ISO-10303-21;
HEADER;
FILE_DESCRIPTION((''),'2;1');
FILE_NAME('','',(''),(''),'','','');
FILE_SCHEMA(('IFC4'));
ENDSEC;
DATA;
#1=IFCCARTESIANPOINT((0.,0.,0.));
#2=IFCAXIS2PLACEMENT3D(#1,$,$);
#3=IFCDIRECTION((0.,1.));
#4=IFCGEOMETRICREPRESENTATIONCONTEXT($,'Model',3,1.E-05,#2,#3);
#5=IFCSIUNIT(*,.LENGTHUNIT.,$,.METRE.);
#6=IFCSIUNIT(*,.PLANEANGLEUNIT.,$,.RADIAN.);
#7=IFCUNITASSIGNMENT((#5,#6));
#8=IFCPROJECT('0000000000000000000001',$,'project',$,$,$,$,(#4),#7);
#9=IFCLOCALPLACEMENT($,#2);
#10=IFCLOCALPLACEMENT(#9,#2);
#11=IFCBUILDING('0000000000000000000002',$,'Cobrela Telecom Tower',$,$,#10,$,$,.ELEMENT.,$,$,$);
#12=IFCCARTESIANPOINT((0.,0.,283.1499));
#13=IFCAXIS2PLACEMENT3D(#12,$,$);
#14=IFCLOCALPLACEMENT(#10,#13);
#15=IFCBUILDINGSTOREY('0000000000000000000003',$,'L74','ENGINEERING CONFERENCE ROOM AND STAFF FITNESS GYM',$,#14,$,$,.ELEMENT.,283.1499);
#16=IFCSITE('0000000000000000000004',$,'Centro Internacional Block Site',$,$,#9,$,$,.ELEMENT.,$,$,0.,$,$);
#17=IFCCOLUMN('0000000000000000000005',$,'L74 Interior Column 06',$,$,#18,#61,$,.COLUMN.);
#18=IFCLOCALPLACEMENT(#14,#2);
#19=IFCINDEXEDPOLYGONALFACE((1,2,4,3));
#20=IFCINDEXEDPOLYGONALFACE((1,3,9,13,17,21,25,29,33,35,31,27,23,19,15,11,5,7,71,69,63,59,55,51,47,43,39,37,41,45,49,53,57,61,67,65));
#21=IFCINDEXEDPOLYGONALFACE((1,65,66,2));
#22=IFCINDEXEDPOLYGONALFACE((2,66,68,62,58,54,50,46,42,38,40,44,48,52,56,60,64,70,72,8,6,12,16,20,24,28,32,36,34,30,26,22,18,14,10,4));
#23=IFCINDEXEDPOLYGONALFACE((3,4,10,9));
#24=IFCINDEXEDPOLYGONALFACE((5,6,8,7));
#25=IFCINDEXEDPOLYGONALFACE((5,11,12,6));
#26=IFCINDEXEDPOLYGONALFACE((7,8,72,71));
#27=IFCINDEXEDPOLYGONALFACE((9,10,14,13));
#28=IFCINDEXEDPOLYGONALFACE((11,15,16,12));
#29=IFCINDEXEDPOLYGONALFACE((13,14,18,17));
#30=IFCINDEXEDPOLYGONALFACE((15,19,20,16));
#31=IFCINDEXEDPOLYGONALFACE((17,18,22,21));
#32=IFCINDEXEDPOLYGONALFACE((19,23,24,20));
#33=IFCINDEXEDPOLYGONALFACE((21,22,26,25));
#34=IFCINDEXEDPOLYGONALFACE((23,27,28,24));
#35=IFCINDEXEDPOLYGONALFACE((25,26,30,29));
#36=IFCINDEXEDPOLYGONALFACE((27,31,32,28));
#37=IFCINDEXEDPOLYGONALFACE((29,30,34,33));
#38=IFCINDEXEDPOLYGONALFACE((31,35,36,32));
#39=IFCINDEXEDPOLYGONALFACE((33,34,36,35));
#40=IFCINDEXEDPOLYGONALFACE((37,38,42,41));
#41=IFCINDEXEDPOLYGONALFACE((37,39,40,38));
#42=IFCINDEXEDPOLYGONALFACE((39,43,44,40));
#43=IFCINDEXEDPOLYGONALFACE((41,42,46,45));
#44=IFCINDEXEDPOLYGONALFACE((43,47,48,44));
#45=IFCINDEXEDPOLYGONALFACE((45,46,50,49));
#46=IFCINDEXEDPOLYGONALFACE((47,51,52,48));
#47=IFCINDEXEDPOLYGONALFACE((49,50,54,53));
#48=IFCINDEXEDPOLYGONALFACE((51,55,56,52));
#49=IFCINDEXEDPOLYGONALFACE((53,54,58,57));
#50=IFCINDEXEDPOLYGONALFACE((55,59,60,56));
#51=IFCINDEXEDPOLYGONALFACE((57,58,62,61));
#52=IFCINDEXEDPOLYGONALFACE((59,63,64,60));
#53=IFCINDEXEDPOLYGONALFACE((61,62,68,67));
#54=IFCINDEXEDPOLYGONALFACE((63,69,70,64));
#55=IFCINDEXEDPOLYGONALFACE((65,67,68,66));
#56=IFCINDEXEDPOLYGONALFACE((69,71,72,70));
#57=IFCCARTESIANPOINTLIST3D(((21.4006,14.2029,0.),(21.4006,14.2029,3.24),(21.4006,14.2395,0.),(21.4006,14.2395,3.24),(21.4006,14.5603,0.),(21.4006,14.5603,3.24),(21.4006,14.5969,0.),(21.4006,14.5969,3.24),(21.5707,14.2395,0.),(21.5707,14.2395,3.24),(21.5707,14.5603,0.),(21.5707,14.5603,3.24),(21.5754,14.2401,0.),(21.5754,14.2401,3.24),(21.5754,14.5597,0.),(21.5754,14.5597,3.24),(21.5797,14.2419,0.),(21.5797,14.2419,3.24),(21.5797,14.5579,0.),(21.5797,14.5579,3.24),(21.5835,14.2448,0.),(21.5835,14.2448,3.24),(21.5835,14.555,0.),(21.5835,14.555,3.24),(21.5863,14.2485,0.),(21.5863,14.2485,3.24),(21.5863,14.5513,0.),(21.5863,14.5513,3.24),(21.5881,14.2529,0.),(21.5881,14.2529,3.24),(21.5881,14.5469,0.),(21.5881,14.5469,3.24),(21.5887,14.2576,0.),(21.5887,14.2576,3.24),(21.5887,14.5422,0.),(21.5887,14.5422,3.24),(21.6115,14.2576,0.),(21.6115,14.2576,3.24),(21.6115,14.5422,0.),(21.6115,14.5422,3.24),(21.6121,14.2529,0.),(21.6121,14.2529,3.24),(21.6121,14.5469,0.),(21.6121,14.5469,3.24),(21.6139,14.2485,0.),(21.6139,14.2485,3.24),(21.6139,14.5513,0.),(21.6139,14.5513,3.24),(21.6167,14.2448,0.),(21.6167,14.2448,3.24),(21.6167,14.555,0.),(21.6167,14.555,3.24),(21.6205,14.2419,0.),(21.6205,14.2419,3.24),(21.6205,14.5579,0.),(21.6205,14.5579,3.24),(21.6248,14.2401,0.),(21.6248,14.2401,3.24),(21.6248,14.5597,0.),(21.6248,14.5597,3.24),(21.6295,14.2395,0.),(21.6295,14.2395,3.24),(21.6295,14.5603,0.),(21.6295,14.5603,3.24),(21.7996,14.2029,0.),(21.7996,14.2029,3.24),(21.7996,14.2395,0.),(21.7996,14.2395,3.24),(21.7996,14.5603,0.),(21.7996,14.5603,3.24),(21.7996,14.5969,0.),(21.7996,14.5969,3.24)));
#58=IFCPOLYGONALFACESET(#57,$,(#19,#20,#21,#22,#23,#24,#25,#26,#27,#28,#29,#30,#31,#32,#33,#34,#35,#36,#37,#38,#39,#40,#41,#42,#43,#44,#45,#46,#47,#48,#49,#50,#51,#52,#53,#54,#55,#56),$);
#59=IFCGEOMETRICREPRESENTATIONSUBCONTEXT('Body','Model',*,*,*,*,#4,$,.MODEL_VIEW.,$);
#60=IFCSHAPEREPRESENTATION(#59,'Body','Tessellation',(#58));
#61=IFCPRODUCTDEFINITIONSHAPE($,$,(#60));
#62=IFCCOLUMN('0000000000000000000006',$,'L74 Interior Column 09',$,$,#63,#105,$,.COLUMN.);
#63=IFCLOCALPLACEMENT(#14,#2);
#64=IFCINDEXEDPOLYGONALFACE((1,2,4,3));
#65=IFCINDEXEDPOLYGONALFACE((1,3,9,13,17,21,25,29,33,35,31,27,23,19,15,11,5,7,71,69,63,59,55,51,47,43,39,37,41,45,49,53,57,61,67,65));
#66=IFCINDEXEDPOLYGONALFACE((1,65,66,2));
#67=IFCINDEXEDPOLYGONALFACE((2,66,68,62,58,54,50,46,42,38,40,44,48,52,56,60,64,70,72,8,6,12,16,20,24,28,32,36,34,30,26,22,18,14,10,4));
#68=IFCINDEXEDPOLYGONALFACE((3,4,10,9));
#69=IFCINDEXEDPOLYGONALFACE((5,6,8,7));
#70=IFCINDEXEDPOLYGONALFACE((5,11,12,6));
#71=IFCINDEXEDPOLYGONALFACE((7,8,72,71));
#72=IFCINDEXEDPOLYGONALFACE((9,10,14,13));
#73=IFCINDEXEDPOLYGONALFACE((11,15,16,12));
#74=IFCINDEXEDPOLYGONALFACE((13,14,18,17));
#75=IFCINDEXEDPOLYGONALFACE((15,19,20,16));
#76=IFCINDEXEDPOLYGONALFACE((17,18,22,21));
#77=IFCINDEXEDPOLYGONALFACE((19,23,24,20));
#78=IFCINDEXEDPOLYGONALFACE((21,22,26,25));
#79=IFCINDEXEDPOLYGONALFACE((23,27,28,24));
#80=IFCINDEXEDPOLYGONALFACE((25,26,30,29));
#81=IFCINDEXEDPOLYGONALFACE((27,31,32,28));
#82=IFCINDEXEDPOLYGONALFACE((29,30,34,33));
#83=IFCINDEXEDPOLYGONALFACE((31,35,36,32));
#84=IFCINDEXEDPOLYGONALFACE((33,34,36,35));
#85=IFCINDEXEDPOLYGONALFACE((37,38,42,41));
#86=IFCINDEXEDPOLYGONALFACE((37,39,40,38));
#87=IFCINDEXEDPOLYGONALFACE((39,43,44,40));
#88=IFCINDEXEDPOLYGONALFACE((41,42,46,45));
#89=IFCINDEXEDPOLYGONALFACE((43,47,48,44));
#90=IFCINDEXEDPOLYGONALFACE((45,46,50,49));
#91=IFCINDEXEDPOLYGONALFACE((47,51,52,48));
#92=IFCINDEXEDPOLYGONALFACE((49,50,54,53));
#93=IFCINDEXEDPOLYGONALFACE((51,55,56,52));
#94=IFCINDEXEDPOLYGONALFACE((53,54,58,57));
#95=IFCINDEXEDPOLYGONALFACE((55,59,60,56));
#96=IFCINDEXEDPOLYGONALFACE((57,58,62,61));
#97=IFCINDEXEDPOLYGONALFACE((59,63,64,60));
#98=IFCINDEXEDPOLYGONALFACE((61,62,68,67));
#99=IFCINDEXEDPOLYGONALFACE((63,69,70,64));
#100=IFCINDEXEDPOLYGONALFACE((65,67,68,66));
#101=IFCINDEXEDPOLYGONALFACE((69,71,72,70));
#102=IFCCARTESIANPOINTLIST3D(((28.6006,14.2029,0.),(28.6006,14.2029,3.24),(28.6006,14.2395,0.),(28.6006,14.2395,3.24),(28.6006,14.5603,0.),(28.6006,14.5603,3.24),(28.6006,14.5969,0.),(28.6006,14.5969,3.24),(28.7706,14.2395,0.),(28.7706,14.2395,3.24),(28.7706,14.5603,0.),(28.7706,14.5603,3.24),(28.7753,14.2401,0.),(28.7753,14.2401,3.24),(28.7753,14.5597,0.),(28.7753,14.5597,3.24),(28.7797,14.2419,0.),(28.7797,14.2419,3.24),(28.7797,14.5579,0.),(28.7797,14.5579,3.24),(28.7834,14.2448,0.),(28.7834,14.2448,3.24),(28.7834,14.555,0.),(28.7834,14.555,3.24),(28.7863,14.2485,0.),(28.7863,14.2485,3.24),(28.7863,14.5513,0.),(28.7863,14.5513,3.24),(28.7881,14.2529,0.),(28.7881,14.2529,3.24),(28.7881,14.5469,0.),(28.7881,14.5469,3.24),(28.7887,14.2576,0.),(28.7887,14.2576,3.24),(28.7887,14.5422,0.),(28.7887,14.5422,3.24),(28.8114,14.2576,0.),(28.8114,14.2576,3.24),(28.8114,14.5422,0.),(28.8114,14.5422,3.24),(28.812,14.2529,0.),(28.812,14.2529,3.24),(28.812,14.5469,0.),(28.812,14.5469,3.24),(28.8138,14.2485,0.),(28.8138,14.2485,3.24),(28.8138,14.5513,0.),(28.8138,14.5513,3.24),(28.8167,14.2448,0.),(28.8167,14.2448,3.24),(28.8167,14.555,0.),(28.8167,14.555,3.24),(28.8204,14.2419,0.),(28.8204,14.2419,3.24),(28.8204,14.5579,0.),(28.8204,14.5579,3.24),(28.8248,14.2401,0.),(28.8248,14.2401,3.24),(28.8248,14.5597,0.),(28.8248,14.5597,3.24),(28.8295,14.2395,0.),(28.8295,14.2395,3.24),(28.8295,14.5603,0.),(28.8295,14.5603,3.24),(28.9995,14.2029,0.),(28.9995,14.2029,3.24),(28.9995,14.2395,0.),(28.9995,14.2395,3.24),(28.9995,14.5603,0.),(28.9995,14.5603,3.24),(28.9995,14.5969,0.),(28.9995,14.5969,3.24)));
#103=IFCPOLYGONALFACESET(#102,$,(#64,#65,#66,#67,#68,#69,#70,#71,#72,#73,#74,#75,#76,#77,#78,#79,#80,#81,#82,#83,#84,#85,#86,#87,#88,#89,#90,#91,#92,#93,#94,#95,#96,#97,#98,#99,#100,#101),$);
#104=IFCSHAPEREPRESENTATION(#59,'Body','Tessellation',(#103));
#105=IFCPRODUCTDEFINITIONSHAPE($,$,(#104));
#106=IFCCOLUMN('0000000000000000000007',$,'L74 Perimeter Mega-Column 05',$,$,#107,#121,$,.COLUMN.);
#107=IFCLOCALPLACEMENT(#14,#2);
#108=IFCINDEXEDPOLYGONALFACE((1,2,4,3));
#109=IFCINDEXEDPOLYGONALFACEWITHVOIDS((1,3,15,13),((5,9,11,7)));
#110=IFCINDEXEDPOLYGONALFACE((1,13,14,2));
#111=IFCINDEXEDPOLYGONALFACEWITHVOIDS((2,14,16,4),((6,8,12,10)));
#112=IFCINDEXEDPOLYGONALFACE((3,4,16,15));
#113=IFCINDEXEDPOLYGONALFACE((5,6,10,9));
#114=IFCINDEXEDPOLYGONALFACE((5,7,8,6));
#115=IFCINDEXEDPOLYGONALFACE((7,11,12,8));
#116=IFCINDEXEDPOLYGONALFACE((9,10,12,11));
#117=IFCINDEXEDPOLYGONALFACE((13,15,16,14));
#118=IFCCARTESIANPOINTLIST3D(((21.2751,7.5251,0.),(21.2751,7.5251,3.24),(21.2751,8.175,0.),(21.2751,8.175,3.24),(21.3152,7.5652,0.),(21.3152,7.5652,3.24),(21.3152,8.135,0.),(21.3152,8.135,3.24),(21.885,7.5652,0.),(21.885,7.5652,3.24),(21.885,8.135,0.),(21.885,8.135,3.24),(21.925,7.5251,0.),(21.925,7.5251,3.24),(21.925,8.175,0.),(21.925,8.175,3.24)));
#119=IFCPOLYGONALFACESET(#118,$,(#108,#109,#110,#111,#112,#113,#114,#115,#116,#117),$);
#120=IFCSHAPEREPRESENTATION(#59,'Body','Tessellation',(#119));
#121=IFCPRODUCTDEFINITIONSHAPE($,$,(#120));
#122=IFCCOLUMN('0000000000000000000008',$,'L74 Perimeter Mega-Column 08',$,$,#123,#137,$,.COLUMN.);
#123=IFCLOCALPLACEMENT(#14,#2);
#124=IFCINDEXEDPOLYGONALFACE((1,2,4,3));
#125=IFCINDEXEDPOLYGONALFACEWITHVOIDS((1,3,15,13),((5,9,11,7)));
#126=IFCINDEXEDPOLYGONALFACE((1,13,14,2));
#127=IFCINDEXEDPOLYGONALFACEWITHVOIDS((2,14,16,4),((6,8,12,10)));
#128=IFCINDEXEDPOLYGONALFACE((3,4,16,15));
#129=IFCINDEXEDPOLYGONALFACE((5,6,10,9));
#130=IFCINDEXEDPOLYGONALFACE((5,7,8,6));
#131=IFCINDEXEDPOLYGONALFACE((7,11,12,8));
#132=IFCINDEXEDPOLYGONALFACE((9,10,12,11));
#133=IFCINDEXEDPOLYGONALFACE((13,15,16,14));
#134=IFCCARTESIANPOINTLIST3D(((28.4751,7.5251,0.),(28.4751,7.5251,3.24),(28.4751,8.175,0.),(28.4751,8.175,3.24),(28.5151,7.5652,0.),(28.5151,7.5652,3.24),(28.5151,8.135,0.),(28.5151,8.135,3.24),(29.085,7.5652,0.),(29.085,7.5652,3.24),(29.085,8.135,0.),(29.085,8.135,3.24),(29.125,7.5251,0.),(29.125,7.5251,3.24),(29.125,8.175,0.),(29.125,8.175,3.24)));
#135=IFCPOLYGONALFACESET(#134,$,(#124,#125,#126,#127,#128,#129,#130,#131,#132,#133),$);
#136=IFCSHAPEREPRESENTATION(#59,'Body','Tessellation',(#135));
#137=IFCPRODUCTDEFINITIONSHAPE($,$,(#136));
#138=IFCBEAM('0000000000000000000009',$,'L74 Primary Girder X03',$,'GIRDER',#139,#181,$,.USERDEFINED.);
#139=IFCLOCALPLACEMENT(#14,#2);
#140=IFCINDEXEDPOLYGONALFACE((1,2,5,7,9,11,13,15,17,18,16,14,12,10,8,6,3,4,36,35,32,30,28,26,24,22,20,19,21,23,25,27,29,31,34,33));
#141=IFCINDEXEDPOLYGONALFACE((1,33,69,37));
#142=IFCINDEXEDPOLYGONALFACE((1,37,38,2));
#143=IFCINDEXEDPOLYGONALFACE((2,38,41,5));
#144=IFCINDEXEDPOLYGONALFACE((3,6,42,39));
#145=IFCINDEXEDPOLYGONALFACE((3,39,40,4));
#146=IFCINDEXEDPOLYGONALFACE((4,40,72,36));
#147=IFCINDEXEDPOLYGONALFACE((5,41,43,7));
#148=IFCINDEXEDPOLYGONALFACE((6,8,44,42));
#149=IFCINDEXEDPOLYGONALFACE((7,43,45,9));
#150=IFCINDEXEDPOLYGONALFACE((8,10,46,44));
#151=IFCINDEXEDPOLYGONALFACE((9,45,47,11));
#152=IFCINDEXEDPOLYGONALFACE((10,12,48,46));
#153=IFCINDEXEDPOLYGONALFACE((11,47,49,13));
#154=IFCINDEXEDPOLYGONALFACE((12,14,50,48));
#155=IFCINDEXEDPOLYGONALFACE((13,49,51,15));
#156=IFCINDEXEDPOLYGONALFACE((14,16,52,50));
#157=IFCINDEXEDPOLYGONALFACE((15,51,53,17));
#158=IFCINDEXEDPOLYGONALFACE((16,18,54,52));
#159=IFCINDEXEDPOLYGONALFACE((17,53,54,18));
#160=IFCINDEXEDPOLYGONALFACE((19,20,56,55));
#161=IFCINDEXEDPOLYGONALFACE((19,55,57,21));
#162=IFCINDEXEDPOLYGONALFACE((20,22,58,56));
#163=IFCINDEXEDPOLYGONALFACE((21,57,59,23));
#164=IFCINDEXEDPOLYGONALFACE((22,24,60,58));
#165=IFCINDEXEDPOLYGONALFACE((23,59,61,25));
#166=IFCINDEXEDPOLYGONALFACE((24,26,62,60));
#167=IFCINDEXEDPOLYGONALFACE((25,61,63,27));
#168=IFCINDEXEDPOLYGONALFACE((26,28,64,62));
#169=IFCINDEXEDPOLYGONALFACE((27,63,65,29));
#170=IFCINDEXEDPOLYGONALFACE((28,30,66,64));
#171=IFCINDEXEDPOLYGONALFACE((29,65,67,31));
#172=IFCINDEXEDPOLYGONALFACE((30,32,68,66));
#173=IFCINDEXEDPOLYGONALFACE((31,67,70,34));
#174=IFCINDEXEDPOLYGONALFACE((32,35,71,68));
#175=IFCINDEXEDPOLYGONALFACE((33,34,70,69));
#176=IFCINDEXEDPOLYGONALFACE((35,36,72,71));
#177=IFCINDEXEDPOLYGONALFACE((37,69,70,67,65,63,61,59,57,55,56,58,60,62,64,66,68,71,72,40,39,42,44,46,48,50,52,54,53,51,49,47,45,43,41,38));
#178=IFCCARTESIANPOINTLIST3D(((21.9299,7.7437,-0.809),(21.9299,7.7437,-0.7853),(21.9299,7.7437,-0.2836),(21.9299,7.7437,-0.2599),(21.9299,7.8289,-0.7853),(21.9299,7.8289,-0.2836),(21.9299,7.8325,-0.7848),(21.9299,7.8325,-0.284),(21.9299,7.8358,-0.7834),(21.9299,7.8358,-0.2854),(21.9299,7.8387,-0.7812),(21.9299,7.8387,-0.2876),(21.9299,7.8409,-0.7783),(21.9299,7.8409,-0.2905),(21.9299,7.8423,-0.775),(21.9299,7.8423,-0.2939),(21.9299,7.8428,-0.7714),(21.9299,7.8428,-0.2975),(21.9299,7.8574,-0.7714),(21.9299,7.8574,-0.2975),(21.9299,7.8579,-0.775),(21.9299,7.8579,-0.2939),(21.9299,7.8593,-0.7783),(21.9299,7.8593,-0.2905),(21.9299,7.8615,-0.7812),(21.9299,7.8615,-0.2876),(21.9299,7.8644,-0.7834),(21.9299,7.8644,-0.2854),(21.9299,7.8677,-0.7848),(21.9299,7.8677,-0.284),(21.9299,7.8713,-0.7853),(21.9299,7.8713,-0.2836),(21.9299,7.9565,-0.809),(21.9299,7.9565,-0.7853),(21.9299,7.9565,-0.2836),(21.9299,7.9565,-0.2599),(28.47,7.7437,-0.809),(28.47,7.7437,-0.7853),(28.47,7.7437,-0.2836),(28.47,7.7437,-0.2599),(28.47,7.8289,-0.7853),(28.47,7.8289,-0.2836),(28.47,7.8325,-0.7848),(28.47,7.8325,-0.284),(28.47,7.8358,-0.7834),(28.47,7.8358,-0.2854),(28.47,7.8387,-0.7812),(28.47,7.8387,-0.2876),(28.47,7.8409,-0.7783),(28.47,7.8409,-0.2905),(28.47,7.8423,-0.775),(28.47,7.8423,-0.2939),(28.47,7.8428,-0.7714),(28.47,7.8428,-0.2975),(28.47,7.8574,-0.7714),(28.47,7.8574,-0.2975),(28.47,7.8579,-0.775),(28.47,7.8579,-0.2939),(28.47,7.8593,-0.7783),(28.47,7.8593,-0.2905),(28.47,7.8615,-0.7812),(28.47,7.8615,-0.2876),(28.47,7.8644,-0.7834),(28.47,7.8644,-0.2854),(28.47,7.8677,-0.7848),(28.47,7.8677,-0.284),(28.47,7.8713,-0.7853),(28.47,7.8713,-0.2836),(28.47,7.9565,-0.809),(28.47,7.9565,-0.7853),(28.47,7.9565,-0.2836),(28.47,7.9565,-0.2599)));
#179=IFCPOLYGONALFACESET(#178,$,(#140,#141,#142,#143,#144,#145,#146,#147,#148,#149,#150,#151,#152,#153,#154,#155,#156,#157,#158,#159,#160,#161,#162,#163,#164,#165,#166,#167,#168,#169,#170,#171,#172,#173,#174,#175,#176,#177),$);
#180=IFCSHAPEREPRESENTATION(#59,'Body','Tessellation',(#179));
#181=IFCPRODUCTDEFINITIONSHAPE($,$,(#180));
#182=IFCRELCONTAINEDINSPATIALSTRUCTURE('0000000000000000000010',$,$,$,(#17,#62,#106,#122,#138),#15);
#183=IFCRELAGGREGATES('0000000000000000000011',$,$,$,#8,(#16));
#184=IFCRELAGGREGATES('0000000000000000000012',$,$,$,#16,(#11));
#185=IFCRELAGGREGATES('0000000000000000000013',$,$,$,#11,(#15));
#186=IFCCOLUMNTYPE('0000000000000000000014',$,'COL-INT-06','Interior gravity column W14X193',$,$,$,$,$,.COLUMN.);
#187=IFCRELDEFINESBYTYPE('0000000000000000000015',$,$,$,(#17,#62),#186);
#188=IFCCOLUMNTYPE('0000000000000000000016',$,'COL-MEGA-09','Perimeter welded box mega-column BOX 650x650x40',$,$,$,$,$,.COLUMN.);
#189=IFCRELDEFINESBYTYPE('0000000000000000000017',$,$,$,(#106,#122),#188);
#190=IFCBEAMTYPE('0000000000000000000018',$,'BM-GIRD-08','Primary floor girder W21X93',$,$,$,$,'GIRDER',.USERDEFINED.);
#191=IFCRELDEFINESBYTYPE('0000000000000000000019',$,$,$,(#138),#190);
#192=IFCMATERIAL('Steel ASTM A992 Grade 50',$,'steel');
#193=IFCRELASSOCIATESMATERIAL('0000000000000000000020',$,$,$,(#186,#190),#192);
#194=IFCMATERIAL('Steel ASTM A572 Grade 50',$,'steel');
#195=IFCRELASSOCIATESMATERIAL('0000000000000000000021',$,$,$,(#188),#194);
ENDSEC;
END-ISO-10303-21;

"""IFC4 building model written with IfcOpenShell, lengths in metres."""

from ifc_helpers import new_model, si_unit, direction, frame, origin, origin_2d, place, context, subcontext, project, spatial, hollow_rectangle, i_section, extrude, material, material_profile, profile_set, type_object, element, save


model = new_model("IFC4")

# Units and contexts
model_context = context("Model", 3, precision=1e-05, world=origin(), true_north=direction((0.0, 1.0)))
body_context = subcontext(model_context, "Body", "Model", "MODEL_VIEW")
ifc_project = project(units=[si_unit("LENGTHUNIT", "METRE"), si_unit("PLANEANGLEUNIT", "RADIAN")], contexts=[model_context])

# Site, building, storey
site_placement = place(None, origin())
site = spatial("IfcSite", under=ifc_project, at=site_placement, Name="Centro Internacional Block Site", CompositionType="ELEMENT", RefElevation=0.0)
building_placement = place(site_placement, origin())
building = spatial("IfcBuilding", under=site, at=building_placement, Name="Cobrela Telecom Tower", CompositionType="ELEMENT")
storey_placement = place(building_placement, frame((0.0, 0.0, 283.1499)))
storey = spatial("IfcBuildingStorey", under=building, at=storey_placement, Name="L74", Description="ENGINEERING CONFERENCE ROOM AND STAFF FITNESS GYM", CompositionType="ELEMENT", Elevation=283.1499)

# Columns
ifc_material_1 = material(Name="Steel ASTM A992 Grade 50", Category="steel")
ifc_material_profile_1 = material_profile(ifc_material_1, i_section(OverallWidth=0.3989, OverallDepth=0.394, WebThickness=0.0227, FlangeThickness=0.0366, FilletRadius=0.0181, at=origin_2d()), Name="W14X193")
ifc_profile_set_1 = profile_set([ifc_material_profile_1], Name="Steel ASTM A992 Grade 50")
column_type_1 = type_object("IfcColumnType", Name="COL-INT-06", Description="Interior gravity column W14X193", PredefinedType="COLUMN", material=ifc_profile_set_1)
for number, where, z_axis, x_axis, name in (
    (1, (21.6001, 14.3999, 0.0), (0.0, 0.0, 1.0), (1.0, 0.0, 0.0), "L74 Interior Column 06"),
    (2, (28.8, 14.3999, 0.0), (0.0, 0.0, 1.0), (1.0, 0.0, 0.0), "L74 Interior Column 09"),
):
    element("IfcColumn", number, at=place(storey_placement, frame(where, z_axis=z_axis, x_axis=x_axis)), inside=storey, type_object=column_type_1, Name=name, PredefinedType="COLUMN", context=body_context, shape_type="SweptSolid", body=[
        extrude(i_section(OverallWidth=0.3989, OverallDepth=0.394, WebThickness=0.0227, FlangeThickness=0.0366, FilletRadius=0.0181, at=origin_2d()), origin(), (0.0, 0.0, 1.0), 3.24),
    ])
ifc_material_2 = material(Name="Steel ASTM A572 Grade 50", Category="steel")
ifc_material_profile_2 = material_profile(ifc_material_2, hollow_rectangle(XDim=0.6499, YDim=0.6499, WallThickness=0.04, at=origin_2d()), Name="BOX 650x650x40")
ifc_profile_set_2 = profile_set([ifc_material_profile_2], Name="Steel ASTM A572 Grade 50")
column_type_2 = type_object("IfcColumnType", Name="COL-MEGA-09", Description="Perimeter welded box mega-column BOX 650x650x40", PredefinedType="COLUMN", material=ifc_profile_set_2)
for number, where, z_axis, x_axis, name in (
    (3, (21.6001, 7.8501, 0.0), (0.0, 0.0, 1.0), (1.0, 0.0, 0.0), "L74 Perimeter Mega-Column 05"),
    (4, (28.8, 7.8501, 0.0), (0.0, 0.0, 1.0), (1.0, 0.0, 0.0), "L74 Perimeter Mega-Column 08"),
):
    element("IfcColumn", number, at=place(storey_placement, frame(where, z_axis=z_axis, x_axis=x_axis)), inside=storey, type_object=column_type_2, Name=name, PredefinedType="COLUMN", context=body_context, shape_type="SweptSolid", body=[
        extrude(hollow_rectangle(XDim=0.6499, YDim=0.6499, WallThickness=0.04, at=origin_2d()), origin(), (0.0, 0.0, 1.0), 3.24),
    ])

# Beam
ifc_material_profile_3 = material_profile(ifc_material_1, i_section(OverallWidth=0.2129, OverallDepth=0.5491, WebThickness=0.0146, FlangeThickness=0.0237, FilletRadius=0.0139, at=origin_2d()), Name="W21X93")
ifc_profile_set_3 = profile_set([ifc_material_profile_3], Name="Steel ASTM A992 Grade 50")
beam_type_1 = type_object("IfcBeamType", Name="BM-GIRD-08", Description="Primary floor girder W21X93", ElementType="GIRDER", PredefinedType="USERDEFINED", material=ifc_profile_set_3)
beam_1_placement = place(storey_placement, frame((21.9299, 7.8501, -0.5344), z_axis=(1.0, 0.0, 0.0), x_axis=(0.0, 1.0, 0.0)))
element("IfcBeam", 5, at=beam_1_placement, inside=storey, type_object=beam_type_1, Name="L74 Primary Girder X03", ObjectType="GIRDER", PredefinedType="USERDEFINED", context=body_context, shape_type="SweptSolid", body=[
    extrude(i_section(OverallWidth=0.2129, OverallDepth=0.5491, WebThickness=0.0146, FlangeThickness=0.0237, FilletRadius=0.0139, at=origin_2d()), origin(), (0.0, 0.0, 1.0), 6.54),
])

save(model, "model.ifc")
